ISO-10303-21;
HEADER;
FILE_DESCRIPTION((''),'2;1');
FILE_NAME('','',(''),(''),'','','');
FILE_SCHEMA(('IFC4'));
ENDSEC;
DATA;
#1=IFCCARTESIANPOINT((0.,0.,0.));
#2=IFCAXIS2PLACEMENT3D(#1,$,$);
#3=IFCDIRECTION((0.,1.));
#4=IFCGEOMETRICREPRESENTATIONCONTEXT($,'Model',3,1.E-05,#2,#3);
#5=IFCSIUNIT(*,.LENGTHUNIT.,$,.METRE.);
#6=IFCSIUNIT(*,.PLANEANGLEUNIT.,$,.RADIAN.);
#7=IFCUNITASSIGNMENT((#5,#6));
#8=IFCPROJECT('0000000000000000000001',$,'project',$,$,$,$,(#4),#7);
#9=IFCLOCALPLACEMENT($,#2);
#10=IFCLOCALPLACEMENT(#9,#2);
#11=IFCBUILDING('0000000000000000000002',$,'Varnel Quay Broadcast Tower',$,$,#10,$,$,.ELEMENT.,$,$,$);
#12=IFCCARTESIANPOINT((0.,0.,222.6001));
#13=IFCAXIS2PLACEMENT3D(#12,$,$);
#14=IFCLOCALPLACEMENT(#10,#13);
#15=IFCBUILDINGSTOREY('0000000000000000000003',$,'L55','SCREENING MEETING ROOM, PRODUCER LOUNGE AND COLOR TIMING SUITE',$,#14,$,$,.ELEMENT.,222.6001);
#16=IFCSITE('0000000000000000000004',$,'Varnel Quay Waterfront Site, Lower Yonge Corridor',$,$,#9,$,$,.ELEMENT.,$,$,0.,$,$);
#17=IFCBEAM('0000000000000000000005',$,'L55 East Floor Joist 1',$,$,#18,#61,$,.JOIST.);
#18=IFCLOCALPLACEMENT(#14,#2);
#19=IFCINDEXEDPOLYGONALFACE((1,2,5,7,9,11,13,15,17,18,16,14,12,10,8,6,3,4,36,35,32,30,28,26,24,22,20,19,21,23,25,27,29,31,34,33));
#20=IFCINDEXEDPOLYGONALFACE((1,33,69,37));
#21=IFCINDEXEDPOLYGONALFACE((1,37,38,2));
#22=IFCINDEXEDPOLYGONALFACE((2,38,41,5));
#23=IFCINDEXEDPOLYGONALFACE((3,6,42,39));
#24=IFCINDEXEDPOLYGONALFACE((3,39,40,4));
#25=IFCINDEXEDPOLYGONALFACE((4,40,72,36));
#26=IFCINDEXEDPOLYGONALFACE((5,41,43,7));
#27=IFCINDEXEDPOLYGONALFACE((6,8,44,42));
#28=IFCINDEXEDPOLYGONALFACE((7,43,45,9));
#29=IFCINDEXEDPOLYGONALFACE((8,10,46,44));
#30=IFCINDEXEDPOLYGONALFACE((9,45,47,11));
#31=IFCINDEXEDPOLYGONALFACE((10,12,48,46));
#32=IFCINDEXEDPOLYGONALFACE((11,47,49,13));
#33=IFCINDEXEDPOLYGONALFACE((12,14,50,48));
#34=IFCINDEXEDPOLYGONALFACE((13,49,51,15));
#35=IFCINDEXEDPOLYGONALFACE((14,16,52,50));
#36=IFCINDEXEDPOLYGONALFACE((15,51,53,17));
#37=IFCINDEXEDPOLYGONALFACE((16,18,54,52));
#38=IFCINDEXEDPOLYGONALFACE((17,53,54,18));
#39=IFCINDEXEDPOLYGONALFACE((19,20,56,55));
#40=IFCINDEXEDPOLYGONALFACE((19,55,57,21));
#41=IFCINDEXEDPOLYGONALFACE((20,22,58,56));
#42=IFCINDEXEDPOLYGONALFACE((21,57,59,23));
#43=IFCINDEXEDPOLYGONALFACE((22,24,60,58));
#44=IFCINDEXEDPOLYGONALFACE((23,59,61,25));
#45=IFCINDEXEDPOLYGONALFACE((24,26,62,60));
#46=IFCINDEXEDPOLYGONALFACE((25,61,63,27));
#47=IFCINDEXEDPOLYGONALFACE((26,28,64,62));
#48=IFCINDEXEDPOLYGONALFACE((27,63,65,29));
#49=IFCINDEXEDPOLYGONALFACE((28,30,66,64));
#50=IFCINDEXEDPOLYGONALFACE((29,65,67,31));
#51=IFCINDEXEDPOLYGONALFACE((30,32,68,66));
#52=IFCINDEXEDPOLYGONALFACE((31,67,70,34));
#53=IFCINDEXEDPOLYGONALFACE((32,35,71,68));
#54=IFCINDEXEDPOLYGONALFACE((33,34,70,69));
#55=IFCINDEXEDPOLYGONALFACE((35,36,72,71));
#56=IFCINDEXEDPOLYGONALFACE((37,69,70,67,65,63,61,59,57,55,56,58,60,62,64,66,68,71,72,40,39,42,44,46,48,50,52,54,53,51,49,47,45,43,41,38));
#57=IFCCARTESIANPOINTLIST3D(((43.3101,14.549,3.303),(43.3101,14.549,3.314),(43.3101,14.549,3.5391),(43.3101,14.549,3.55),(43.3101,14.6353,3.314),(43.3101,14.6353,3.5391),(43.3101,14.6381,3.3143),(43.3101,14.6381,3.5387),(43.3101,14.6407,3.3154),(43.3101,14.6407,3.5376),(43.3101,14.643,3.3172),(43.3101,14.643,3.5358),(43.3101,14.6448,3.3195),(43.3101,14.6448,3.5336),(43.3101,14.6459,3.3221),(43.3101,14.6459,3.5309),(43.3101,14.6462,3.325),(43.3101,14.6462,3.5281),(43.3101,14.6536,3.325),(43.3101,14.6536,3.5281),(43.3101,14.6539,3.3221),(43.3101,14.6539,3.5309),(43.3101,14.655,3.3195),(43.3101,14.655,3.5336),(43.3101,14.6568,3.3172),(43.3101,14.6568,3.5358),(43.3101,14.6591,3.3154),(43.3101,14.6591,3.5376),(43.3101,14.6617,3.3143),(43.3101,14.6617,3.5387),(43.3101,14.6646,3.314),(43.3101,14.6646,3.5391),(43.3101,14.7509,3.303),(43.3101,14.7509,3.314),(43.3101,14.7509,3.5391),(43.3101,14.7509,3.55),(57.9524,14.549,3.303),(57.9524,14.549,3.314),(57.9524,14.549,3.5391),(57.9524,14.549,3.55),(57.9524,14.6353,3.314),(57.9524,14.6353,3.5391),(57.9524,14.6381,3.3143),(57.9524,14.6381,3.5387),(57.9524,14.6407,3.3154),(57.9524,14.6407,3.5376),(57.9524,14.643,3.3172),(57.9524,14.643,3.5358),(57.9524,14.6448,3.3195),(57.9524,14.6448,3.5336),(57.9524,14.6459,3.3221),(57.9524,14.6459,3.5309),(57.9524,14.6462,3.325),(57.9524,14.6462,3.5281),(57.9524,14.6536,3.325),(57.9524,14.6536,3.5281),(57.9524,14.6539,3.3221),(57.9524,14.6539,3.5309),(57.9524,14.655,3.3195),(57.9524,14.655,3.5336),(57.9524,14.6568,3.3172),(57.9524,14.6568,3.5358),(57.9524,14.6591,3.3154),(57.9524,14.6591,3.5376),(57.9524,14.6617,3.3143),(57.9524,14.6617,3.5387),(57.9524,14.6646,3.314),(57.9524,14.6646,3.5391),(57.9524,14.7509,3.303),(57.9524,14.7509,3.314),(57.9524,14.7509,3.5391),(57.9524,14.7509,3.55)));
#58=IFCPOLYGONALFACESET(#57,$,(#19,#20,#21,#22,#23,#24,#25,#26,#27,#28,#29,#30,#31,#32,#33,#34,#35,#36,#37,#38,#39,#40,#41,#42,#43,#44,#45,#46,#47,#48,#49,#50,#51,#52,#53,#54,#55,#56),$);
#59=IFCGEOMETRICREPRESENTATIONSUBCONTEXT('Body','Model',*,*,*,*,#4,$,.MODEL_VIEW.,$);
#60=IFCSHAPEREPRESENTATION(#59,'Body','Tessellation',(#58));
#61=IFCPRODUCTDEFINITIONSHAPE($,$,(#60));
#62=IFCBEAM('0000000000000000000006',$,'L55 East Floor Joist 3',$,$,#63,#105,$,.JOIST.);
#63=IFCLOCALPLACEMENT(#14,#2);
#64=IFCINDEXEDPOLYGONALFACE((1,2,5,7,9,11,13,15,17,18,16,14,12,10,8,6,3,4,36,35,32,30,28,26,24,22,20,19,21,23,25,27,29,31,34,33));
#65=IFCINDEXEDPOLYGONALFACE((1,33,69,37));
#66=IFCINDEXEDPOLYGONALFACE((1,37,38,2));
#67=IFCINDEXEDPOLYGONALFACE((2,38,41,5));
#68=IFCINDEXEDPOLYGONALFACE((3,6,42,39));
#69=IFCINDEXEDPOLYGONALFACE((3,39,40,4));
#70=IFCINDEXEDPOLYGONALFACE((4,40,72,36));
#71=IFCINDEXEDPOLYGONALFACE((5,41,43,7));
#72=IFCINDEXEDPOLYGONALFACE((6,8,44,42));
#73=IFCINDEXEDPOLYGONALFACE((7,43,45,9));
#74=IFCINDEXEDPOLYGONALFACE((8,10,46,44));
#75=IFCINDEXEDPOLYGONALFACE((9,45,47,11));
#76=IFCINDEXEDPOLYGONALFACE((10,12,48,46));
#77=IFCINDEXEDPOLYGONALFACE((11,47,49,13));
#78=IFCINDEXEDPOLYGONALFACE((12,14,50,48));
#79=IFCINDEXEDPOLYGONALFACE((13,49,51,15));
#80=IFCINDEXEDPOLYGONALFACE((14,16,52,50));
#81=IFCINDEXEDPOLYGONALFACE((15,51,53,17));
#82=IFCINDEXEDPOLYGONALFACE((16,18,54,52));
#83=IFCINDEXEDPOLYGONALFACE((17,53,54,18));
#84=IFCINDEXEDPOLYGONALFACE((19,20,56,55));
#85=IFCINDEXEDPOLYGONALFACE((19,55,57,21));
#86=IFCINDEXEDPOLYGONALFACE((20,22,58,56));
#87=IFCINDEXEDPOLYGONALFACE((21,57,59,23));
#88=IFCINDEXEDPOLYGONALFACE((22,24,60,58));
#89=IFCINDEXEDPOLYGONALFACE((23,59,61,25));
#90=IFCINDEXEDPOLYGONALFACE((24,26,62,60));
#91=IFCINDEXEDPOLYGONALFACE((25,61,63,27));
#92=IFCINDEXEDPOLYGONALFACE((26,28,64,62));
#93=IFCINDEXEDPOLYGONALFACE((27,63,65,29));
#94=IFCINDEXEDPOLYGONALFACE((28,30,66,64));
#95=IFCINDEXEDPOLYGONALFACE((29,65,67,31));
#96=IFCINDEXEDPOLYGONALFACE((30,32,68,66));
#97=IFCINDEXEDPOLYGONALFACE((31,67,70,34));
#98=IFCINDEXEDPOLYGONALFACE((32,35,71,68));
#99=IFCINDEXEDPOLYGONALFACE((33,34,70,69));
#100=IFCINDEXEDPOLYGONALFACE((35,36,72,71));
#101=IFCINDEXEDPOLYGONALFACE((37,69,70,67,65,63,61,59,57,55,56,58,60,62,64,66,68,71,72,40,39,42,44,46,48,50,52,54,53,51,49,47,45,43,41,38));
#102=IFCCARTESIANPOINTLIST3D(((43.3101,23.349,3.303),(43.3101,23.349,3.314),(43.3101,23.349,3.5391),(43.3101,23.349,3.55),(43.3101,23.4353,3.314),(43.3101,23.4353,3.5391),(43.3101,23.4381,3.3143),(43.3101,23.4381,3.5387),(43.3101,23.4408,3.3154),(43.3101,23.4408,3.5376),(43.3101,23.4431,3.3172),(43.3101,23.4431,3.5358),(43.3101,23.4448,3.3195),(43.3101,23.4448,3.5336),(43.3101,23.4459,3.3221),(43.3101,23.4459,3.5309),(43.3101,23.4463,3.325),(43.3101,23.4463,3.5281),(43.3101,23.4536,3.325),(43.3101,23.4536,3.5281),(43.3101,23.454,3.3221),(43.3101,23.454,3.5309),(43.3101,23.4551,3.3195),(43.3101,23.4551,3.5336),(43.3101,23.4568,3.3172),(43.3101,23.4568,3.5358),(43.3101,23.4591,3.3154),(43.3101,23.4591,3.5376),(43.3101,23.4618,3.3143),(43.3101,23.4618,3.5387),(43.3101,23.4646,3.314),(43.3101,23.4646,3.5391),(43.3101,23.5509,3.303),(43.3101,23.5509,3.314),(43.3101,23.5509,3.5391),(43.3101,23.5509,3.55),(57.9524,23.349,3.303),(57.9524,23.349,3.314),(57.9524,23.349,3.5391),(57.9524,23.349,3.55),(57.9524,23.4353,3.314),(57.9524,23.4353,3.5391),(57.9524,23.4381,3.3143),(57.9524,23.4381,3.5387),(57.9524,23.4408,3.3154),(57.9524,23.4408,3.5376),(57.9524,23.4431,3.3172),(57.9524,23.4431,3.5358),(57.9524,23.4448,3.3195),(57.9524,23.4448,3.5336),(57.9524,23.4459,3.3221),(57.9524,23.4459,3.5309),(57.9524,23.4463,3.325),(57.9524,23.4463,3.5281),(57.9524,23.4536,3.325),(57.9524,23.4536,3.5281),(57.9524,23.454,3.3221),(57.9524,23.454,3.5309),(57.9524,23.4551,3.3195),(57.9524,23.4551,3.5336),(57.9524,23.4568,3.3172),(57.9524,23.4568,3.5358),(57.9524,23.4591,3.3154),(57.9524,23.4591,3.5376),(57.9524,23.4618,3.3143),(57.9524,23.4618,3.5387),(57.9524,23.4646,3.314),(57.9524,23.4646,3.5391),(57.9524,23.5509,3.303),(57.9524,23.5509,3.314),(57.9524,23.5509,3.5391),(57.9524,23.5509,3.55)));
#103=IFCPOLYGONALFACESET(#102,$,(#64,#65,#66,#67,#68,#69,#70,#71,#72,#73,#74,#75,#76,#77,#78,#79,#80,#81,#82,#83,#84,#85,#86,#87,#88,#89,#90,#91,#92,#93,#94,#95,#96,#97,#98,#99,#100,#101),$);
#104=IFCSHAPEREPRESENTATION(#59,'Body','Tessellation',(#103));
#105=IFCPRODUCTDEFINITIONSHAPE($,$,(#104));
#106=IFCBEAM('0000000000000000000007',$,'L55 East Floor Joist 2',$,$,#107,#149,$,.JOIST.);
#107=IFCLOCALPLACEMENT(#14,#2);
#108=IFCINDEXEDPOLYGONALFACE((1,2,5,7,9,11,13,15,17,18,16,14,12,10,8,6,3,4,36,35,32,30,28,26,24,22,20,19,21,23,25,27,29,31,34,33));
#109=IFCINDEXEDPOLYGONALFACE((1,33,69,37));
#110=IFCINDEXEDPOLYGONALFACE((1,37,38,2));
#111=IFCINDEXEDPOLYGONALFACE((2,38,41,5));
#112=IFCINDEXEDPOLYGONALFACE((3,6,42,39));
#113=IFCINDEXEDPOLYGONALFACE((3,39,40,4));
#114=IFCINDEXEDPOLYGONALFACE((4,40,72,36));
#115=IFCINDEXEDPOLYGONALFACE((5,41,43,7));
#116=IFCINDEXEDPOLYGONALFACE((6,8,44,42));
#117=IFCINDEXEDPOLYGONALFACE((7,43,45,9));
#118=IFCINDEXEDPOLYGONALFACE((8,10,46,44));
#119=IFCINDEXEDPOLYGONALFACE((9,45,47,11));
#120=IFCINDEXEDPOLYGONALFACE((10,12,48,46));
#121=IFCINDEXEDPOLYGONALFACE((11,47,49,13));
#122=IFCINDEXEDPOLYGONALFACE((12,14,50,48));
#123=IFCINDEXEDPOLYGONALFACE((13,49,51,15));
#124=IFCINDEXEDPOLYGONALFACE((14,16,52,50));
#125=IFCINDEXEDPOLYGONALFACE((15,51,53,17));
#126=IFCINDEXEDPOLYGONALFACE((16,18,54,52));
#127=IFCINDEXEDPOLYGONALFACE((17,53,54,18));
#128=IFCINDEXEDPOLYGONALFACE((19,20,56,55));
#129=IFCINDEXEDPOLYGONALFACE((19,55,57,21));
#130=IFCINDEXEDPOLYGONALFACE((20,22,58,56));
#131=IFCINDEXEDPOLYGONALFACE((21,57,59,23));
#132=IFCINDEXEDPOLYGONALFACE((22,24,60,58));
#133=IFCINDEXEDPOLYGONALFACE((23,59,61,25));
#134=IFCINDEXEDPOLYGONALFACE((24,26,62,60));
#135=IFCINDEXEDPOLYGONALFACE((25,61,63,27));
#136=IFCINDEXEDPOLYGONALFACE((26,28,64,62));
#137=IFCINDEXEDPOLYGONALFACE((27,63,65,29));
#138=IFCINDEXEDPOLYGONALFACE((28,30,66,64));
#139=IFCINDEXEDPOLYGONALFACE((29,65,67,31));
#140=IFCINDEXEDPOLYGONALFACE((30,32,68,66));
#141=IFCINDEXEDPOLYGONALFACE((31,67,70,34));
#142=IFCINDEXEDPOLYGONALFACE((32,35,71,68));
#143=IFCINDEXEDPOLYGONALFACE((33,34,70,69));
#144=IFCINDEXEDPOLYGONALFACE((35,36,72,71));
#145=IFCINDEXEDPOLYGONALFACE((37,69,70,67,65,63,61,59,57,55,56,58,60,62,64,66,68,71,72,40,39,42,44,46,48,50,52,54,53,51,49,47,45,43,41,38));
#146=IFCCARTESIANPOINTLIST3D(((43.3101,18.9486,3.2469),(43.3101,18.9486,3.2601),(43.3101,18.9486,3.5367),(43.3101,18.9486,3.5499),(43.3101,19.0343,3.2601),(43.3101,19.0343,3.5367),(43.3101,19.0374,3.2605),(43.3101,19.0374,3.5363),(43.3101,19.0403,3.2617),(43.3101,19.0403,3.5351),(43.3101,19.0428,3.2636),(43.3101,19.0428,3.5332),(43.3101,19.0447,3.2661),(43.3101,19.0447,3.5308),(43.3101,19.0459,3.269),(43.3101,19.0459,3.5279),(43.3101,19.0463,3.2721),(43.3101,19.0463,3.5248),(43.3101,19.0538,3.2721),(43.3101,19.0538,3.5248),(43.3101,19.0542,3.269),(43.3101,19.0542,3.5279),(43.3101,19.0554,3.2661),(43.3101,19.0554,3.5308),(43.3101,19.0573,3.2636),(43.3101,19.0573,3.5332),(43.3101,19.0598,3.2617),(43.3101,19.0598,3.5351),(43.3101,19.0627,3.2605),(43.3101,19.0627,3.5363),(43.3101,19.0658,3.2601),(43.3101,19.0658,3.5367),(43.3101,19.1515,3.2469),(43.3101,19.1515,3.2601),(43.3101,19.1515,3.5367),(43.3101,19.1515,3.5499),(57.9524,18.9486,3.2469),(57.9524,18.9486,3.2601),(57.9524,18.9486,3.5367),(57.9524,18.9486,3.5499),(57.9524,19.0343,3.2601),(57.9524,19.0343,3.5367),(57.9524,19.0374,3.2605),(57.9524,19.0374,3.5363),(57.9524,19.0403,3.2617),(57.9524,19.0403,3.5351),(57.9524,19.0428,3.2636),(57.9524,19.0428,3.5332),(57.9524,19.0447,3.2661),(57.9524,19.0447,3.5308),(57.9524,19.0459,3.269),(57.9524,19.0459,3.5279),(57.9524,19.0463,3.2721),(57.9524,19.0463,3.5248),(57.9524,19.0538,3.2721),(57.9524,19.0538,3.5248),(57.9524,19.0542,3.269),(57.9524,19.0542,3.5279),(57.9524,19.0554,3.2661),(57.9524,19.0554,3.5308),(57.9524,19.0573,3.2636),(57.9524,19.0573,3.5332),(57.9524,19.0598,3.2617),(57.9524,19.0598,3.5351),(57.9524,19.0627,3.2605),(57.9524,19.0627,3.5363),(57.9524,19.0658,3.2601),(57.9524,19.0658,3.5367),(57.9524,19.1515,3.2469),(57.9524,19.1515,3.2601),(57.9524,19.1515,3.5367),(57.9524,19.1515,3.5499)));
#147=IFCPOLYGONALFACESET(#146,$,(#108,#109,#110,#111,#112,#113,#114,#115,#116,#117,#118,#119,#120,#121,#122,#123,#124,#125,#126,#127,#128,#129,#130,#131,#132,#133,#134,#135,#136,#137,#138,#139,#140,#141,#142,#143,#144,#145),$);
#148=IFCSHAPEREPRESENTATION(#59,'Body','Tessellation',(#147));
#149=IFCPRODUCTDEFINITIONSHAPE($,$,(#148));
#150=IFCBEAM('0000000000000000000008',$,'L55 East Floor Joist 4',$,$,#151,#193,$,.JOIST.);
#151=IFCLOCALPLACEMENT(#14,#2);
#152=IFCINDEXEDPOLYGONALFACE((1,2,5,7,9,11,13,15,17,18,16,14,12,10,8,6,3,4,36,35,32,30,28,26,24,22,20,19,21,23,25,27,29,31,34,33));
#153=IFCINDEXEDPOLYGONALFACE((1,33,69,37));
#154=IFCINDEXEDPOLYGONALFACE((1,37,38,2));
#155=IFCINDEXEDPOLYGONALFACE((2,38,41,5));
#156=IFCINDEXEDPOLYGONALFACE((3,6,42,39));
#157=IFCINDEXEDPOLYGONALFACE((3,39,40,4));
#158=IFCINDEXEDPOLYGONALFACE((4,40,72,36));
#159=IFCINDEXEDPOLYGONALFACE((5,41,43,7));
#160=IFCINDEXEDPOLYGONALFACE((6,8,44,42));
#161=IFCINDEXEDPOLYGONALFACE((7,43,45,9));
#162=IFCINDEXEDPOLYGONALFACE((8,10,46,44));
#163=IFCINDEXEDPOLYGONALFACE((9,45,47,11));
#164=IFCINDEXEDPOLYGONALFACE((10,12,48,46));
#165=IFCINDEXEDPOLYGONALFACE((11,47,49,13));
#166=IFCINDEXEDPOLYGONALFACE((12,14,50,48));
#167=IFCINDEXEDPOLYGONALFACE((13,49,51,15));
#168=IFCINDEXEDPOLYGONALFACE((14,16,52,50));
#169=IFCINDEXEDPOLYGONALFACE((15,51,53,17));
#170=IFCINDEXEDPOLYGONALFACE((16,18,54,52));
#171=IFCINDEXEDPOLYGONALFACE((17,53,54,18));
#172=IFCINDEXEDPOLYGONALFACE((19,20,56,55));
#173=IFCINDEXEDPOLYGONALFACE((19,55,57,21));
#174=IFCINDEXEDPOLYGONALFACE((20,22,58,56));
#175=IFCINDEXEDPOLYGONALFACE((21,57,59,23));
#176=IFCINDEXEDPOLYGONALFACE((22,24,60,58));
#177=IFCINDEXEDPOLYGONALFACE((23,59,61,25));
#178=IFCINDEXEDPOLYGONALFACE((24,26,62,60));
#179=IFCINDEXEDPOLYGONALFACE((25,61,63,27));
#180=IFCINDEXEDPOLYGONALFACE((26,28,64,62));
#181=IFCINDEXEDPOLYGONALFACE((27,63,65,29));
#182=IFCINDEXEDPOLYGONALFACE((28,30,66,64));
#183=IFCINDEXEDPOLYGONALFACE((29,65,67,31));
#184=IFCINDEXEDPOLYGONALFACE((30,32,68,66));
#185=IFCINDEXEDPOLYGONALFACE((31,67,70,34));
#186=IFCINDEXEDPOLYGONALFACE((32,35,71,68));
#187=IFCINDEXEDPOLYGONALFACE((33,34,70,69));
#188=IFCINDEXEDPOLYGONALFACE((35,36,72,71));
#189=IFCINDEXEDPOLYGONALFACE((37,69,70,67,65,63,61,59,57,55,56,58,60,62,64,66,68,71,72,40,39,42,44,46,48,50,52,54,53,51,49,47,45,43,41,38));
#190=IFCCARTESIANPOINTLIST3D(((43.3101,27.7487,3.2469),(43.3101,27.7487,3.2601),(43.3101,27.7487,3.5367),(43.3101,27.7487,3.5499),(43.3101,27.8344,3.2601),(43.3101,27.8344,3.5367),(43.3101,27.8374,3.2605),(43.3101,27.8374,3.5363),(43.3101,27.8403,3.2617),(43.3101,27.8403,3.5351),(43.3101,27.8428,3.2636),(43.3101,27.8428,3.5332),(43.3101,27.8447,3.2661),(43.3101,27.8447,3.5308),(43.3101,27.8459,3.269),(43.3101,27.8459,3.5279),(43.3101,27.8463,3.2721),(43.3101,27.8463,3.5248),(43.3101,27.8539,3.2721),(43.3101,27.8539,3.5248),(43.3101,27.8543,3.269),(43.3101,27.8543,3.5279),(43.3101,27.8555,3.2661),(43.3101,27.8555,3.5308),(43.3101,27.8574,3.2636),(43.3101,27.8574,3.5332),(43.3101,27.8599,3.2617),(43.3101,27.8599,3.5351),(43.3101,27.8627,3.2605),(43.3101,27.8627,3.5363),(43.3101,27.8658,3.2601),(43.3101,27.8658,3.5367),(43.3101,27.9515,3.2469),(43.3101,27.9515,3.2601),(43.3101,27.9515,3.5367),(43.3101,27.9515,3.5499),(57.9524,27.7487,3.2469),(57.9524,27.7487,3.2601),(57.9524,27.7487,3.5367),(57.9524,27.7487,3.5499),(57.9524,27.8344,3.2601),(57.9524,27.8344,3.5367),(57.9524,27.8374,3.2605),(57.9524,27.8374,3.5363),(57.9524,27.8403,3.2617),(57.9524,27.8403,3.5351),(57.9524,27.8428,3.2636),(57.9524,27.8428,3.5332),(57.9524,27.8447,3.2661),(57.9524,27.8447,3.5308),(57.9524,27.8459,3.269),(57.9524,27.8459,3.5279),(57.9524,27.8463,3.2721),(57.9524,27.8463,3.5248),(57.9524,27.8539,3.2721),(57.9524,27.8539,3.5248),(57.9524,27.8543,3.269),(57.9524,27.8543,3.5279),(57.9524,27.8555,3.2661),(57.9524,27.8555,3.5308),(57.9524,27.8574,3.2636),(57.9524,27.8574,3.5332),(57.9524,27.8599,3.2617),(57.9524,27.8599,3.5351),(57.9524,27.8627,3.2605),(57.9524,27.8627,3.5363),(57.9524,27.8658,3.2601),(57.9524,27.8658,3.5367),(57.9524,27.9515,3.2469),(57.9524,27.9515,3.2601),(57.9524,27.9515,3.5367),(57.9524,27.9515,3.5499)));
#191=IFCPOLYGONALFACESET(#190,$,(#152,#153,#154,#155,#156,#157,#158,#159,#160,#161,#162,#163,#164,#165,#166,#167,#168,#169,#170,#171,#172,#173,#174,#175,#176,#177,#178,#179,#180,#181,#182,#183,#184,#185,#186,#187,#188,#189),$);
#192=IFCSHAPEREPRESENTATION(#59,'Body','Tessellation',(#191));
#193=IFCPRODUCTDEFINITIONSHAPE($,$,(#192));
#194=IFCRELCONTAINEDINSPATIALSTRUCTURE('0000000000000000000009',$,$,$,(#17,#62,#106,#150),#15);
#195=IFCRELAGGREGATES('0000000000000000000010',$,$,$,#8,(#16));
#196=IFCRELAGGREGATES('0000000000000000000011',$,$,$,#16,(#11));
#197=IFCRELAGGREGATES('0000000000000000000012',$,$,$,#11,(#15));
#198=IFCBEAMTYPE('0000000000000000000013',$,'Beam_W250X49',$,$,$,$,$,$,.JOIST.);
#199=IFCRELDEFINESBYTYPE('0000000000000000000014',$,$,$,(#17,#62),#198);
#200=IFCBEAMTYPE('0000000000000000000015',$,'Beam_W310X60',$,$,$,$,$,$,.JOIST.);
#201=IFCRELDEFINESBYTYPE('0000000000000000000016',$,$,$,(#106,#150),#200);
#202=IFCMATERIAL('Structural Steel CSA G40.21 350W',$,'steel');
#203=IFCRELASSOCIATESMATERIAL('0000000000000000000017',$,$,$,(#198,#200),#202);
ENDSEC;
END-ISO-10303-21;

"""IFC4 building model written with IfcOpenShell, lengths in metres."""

from ifc_helpers import new_model, si_unit, direction, frame, origin, origin_2d, place, context, subcontext, project, spatial, i_section, extrude, source, transform, mapped, material, material_profile, profile_set, type_object, type_shapes, element, save


model = new_model("IFC4")

# Units and contexts
model_context = context("Model", 3, precision=1e-05, world=origin(), true_north=direction((0.0, 1.0)))
body_context = subcontext(model_context, "Body", "Model", "MODEL_VIEW")
ifc_project = project(units=[si_unit("LENGTHUNIT", "METRE"), si_unit("PLANEANGLEUNIT", "RADIAN")], contexts=[model_context])

# Site, building, storey
site_placement = place(None, origin())
site = spatial("IfcSite", under=ifc_project, at=site_placement, Name="Varnel Quay Waterfront Site, Lower Yonge Corridor", CompositionType="ELEMENT", RefElevation=0.0)
building_placement = place(site_placement, origin())
building = spatial("IfcBuilding", under=site, at=building_placement, Name="Varnel Quay Broadcast Tower", CompositionType="ELEMENT")
storey_placement = place(building_placement, frame((0.0, 0.0, 222.6001)))
storey = spatial("IfcBuildingStorey", under=building, at=storey_placement, Name="L55", Description="SCREENING MEETING ROOM, PRODUCER LOUNGE AND COLOR TIMING SUITE", CompositionType="ELEMENT", Elevation=222.6001)

# Shared definitions
ifc_material_1 = material(Name="Structural Steel CSA G40.21 350W", Category="steel")

# Beams
ifc_material_profile_1 = material_profile(ifc_material_1, i_section(OverallWidth=0.2019, OverallDepth=0.2471, WebThickness=0.0073, FlangeThickness=0.011, FilletRadius=0.011, at=origin_2d()), Name="W250X49")
ifc_profile_set_1 = profile_set([ifc_material_profile_1], Name="Structural Steel CSA G40.21 350W")
beam_type_1 = type_object("IfcBeamType", Name="Beam_W250X49", PredefinedType="JOIST", material=ifc_profile_set_1)
shared_shape_1 = source(origin(), body_context, "Body", "SweptSolid", [
    extrude(i_section(OverallWidth=0.2019, OverallDepth=0.2471, WebThickness=0.0073, FlangeThickness=0.011, FilletRadius=0.011, at=origin_2d()), origin(), (0.0, 0.0, 1.0), 14.6423),
])
type_shapes(beam_type_1, [shared_shape_1])
for number, where, z_axis, x_axis, name in (
    (1, (43.3101, 14.6499, 3.4265), (1.0, 0.0, 0.0), (0.0, 1.0, 0.0), "L55 East Floor Joist 1"),
    (2, (43.3101, 23.45, 3.4265), (1.0, 0.0, 0.0), (0.0, 1.0, 0.0), "L55 East Floor Joist 3"),
):
    element("IfcBeam", number, at=place(storey_placement, frame(where, z_axis=z_axis, x_axis=x_axis)), inside=storey, type_object=beam_type_1, Name=name, PredefinedType="JOIST", context=body_context, shape_type="MappedRepresentation", body=[
        mapped(shared_shape_1, transform((0.0, 0.0, 0.0), x_axis=(1.0, 0.0, 0.0), y_axis=(0.0, 1.0, 0.0), z_axis=(0.0, 0.0, 1.0), scale=1.0)),
    ])
ifc_material_profile_2 = material_profile(ifc_material_1, i_section(OverallWidth=0.2029, OverallDepth=0.303, WebThickness=0.0076, FlangeThickness=0.0132, FilletRadius=0.012, at=origin_2d()), Name="W310X60")
ifc_profile_set_2 = profile_set([ifc_material_profile_2], Name="Structural Steel CSA G40.21 350W")
beam_type_2 = type_object("IfcBeamType", Name="Beam_W310X60", PredefinedType="JOIST", material=ifc_profile_set_2)
shared_shape_2 = source(origin(), body_context, "Body", "SweptSolid", [
    extrude(i_section(OverallWidth=0.2029, OverallDepth=0.303, WebThickness=0.0076, FlangeThickness=0.0132, FilletRadius=0.012, at=origin_2d()), origin(), (0.0, 0.0, 1.0), 14.6423),
])
type_shapes(beam_type_2, [shared_shape_2])
for number, where, z_axis, x_axis, name in (
    (3, (43.3101, 19.05, 3.3984), (1.0, 0.0, 0.0), (0.0, 1.0, 0.0), "L55 East Floor Joist 2"),
    (4, (43.3101, 27.8501, 3.3984), (1.0, 0.0, 0.0), (0.0, 1.0, 0.0), "L55 East Floor Joist 4"),
):
    element("IfcBeam", number, at=place(storey_placement, frame(where, z_axis=z_axis, x_axis=x_axis)), inside=storey, type_object=beam_type_2, Name=name, PredefinedType="JOIST", context=body_context, shape_type="MappedRepresentation", body=[
        mapped(shared_shape_2, transform((0.0, 0.0, 0.0), x_axis=(1.0, 0.0, 0.0), y_axis=(0.0, 1.0, 0.0), z_axis=(0.0, 0.0, 1.0), scale=1.0)),
    ])

save(model, "model.ifc")
